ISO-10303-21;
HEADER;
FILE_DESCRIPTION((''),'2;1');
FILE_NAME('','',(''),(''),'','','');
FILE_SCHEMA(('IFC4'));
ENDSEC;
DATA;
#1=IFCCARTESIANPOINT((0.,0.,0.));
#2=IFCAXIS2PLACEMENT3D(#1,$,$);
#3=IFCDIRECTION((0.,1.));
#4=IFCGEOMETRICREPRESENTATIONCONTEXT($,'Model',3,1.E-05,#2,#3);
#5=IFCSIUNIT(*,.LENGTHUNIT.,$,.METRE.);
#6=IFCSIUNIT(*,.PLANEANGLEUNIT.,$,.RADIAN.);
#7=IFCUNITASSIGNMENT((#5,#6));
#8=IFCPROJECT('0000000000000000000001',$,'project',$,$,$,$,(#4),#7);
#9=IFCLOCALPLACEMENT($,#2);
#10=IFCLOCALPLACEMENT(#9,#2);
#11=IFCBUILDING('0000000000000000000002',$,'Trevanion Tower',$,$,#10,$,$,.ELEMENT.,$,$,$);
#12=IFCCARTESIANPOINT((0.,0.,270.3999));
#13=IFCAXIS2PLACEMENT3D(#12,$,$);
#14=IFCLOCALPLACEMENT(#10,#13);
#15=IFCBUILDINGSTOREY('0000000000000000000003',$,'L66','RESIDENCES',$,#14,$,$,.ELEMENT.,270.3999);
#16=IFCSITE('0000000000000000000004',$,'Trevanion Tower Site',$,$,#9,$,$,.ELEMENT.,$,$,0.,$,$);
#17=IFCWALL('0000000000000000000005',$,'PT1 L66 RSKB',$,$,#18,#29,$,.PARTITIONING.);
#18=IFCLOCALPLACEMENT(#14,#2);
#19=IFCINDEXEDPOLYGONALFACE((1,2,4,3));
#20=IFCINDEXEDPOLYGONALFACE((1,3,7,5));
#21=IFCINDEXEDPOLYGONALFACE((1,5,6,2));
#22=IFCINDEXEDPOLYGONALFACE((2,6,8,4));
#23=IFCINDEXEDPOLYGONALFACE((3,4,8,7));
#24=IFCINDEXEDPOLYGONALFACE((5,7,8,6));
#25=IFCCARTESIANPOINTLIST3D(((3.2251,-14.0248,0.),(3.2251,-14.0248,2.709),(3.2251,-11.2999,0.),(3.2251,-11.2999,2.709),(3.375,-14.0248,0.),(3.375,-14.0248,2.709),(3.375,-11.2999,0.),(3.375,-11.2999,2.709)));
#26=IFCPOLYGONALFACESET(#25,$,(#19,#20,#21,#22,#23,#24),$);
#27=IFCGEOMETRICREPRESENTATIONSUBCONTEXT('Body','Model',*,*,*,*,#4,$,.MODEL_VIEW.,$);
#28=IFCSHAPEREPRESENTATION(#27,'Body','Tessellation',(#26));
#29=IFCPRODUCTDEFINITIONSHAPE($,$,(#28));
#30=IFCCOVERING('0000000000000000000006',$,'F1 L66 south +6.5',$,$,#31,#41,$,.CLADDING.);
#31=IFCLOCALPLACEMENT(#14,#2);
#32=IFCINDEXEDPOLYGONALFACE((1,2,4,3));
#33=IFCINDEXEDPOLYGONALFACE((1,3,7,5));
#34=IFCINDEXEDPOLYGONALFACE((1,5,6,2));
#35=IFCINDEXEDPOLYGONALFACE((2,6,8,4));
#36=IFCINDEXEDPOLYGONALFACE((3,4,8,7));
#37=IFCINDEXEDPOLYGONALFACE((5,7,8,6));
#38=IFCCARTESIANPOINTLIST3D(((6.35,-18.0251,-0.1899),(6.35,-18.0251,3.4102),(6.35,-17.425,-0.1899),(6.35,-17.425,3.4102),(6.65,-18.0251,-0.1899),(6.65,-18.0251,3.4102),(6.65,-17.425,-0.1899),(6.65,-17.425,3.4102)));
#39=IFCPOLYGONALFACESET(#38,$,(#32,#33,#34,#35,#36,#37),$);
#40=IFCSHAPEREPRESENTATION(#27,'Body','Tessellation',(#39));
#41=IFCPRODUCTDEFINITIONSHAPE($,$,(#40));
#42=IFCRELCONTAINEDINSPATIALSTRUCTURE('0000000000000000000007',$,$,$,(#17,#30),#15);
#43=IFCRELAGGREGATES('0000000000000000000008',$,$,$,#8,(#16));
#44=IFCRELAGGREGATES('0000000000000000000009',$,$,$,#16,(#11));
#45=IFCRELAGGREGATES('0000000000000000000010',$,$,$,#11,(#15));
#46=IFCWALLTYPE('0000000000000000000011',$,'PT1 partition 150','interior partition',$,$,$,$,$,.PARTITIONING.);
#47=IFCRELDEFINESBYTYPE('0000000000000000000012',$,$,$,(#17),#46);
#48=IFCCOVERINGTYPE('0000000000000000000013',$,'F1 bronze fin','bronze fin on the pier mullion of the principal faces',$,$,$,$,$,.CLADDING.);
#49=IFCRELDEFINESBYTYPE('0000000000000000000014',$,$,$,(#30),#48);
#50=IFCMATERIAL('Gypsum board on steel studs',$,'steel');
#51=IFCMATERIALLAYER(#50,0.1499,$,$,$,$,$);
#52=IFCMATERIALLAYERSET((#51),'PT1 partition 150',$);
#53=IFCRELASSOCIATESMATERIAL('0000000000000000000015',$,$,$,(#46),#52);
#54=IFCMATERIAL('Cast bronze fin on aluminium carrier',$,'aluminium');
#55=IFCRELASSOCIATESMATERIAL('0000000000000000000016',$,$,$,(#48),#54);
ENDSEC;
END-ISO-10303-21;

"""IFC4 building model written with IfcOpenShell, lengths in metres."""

from ifc_helpers import new_model, si_unit, direction, frame, frame_2d, origin, origin_2d, place, context, subcontext, project, spatial, rectangle, extrude, material, layer, layer_set, type_object, element, save


model = new_model("IFC4")

# Units and contexts
model_context = context("Model", 3, precision=1e-05, world=origin(), true_north=direction((0.0, 1.0)))
body_context = subcontext(model_context, "Body", "Model", "MODEL_VIEW")
ifc_project = project(units=[si_unit("LENGTHUNIT", "METRE"), si_unit("PLANEANGLEUNIT", "RADIAN")], contexts=[model_context])

# Site, building, storey
site_placement = place(None, origin())
site = spatial("IfcSite", under=ifc_project, at=site_placement, Name="Trevanion Tower Site", CompositionType="ELEMENT", RefElevation=0.0)
building_placement = place(site_placement, origin())
building = spatial("IfcBuilding", under=site, at=building_placement, Name="Trevanion Tower", CompositionType="ELEMENT")
storey_placement = place(building_placement, frame((0.0, 0.0, 270.3999)))
storey = spatial("IfcBuildingStorey", under=building, at=storey_placement, Name="L66", Description="RESIDENCES", CompositionType="ELEMENT", Elevation=270.3999)

# Shared definitions
ifc_material_1 = material(Name="Gypsum board on steel studs", Category="steel")
ifc_layer_1 = layer(ifc_material_1, 0.1499)
ifc_layer_set_1 = layer_set([ifc_layer_1], Name="PT1 partition 150")
wall_type_1 = type_object("IfcWallType", Name="PT1 partition 150", Description="interior partition", PredefinedType="PARTITIONING", material=ifc_layer_set_1)

# Wall
wall_1_placement = place(storey_placement, frame((3.3, -11.3, 0.0), z_axis=(0.0, 0.0, 1.0), x_axis=(0.0, -1.0, 0.0)))
element("IfcWall", 1, at=wall_1_placement, inside=storey, type_object=wall_type_1, Name="PT1 L66 RSKB", PredefinedType="PARTITIONING", context=body_context, shape_type="SweptSolid", body=[
    extrude(rectangle(XDim=2.7249, YDim=0.1499, at=frame_2d((1.3623, 0.0))), origin(), (0.0, 0.0, 1.0), 2.709),
])

# Covering
ifc_material_2 = material(Name="Cast bronze fin on aluminium carrier", Category="aluminium")
covering_type = type_object("IfcCoveringType", Name="F1 bronze fin", Description="bronze fin on the pier mullion of the principal faces", PredefinedType="CLADDING", material=ifc_material_2)
covering_placement = place(storey_placement, frame((6.5, -17.7251, -0.1899), z_axis=(0.0, 0.0, 1.0), x_axis=(1.0, 0.0, 0.0)))
element("IfcCovering", 2, at=covering_placement, inside=storey, type_object=covering_type, Name="F1 L66 south +6.5", PredefinedType="CLADDING", context=body_context, shape_type="SweptSolid", body=[
    extrude(rectangle(XDim=0.3, YDim=0.6001, at=origin_2d()), origin(), (0.0, 0.0, 1.0), 3.6001),
])

save(model, "model.ifc")
